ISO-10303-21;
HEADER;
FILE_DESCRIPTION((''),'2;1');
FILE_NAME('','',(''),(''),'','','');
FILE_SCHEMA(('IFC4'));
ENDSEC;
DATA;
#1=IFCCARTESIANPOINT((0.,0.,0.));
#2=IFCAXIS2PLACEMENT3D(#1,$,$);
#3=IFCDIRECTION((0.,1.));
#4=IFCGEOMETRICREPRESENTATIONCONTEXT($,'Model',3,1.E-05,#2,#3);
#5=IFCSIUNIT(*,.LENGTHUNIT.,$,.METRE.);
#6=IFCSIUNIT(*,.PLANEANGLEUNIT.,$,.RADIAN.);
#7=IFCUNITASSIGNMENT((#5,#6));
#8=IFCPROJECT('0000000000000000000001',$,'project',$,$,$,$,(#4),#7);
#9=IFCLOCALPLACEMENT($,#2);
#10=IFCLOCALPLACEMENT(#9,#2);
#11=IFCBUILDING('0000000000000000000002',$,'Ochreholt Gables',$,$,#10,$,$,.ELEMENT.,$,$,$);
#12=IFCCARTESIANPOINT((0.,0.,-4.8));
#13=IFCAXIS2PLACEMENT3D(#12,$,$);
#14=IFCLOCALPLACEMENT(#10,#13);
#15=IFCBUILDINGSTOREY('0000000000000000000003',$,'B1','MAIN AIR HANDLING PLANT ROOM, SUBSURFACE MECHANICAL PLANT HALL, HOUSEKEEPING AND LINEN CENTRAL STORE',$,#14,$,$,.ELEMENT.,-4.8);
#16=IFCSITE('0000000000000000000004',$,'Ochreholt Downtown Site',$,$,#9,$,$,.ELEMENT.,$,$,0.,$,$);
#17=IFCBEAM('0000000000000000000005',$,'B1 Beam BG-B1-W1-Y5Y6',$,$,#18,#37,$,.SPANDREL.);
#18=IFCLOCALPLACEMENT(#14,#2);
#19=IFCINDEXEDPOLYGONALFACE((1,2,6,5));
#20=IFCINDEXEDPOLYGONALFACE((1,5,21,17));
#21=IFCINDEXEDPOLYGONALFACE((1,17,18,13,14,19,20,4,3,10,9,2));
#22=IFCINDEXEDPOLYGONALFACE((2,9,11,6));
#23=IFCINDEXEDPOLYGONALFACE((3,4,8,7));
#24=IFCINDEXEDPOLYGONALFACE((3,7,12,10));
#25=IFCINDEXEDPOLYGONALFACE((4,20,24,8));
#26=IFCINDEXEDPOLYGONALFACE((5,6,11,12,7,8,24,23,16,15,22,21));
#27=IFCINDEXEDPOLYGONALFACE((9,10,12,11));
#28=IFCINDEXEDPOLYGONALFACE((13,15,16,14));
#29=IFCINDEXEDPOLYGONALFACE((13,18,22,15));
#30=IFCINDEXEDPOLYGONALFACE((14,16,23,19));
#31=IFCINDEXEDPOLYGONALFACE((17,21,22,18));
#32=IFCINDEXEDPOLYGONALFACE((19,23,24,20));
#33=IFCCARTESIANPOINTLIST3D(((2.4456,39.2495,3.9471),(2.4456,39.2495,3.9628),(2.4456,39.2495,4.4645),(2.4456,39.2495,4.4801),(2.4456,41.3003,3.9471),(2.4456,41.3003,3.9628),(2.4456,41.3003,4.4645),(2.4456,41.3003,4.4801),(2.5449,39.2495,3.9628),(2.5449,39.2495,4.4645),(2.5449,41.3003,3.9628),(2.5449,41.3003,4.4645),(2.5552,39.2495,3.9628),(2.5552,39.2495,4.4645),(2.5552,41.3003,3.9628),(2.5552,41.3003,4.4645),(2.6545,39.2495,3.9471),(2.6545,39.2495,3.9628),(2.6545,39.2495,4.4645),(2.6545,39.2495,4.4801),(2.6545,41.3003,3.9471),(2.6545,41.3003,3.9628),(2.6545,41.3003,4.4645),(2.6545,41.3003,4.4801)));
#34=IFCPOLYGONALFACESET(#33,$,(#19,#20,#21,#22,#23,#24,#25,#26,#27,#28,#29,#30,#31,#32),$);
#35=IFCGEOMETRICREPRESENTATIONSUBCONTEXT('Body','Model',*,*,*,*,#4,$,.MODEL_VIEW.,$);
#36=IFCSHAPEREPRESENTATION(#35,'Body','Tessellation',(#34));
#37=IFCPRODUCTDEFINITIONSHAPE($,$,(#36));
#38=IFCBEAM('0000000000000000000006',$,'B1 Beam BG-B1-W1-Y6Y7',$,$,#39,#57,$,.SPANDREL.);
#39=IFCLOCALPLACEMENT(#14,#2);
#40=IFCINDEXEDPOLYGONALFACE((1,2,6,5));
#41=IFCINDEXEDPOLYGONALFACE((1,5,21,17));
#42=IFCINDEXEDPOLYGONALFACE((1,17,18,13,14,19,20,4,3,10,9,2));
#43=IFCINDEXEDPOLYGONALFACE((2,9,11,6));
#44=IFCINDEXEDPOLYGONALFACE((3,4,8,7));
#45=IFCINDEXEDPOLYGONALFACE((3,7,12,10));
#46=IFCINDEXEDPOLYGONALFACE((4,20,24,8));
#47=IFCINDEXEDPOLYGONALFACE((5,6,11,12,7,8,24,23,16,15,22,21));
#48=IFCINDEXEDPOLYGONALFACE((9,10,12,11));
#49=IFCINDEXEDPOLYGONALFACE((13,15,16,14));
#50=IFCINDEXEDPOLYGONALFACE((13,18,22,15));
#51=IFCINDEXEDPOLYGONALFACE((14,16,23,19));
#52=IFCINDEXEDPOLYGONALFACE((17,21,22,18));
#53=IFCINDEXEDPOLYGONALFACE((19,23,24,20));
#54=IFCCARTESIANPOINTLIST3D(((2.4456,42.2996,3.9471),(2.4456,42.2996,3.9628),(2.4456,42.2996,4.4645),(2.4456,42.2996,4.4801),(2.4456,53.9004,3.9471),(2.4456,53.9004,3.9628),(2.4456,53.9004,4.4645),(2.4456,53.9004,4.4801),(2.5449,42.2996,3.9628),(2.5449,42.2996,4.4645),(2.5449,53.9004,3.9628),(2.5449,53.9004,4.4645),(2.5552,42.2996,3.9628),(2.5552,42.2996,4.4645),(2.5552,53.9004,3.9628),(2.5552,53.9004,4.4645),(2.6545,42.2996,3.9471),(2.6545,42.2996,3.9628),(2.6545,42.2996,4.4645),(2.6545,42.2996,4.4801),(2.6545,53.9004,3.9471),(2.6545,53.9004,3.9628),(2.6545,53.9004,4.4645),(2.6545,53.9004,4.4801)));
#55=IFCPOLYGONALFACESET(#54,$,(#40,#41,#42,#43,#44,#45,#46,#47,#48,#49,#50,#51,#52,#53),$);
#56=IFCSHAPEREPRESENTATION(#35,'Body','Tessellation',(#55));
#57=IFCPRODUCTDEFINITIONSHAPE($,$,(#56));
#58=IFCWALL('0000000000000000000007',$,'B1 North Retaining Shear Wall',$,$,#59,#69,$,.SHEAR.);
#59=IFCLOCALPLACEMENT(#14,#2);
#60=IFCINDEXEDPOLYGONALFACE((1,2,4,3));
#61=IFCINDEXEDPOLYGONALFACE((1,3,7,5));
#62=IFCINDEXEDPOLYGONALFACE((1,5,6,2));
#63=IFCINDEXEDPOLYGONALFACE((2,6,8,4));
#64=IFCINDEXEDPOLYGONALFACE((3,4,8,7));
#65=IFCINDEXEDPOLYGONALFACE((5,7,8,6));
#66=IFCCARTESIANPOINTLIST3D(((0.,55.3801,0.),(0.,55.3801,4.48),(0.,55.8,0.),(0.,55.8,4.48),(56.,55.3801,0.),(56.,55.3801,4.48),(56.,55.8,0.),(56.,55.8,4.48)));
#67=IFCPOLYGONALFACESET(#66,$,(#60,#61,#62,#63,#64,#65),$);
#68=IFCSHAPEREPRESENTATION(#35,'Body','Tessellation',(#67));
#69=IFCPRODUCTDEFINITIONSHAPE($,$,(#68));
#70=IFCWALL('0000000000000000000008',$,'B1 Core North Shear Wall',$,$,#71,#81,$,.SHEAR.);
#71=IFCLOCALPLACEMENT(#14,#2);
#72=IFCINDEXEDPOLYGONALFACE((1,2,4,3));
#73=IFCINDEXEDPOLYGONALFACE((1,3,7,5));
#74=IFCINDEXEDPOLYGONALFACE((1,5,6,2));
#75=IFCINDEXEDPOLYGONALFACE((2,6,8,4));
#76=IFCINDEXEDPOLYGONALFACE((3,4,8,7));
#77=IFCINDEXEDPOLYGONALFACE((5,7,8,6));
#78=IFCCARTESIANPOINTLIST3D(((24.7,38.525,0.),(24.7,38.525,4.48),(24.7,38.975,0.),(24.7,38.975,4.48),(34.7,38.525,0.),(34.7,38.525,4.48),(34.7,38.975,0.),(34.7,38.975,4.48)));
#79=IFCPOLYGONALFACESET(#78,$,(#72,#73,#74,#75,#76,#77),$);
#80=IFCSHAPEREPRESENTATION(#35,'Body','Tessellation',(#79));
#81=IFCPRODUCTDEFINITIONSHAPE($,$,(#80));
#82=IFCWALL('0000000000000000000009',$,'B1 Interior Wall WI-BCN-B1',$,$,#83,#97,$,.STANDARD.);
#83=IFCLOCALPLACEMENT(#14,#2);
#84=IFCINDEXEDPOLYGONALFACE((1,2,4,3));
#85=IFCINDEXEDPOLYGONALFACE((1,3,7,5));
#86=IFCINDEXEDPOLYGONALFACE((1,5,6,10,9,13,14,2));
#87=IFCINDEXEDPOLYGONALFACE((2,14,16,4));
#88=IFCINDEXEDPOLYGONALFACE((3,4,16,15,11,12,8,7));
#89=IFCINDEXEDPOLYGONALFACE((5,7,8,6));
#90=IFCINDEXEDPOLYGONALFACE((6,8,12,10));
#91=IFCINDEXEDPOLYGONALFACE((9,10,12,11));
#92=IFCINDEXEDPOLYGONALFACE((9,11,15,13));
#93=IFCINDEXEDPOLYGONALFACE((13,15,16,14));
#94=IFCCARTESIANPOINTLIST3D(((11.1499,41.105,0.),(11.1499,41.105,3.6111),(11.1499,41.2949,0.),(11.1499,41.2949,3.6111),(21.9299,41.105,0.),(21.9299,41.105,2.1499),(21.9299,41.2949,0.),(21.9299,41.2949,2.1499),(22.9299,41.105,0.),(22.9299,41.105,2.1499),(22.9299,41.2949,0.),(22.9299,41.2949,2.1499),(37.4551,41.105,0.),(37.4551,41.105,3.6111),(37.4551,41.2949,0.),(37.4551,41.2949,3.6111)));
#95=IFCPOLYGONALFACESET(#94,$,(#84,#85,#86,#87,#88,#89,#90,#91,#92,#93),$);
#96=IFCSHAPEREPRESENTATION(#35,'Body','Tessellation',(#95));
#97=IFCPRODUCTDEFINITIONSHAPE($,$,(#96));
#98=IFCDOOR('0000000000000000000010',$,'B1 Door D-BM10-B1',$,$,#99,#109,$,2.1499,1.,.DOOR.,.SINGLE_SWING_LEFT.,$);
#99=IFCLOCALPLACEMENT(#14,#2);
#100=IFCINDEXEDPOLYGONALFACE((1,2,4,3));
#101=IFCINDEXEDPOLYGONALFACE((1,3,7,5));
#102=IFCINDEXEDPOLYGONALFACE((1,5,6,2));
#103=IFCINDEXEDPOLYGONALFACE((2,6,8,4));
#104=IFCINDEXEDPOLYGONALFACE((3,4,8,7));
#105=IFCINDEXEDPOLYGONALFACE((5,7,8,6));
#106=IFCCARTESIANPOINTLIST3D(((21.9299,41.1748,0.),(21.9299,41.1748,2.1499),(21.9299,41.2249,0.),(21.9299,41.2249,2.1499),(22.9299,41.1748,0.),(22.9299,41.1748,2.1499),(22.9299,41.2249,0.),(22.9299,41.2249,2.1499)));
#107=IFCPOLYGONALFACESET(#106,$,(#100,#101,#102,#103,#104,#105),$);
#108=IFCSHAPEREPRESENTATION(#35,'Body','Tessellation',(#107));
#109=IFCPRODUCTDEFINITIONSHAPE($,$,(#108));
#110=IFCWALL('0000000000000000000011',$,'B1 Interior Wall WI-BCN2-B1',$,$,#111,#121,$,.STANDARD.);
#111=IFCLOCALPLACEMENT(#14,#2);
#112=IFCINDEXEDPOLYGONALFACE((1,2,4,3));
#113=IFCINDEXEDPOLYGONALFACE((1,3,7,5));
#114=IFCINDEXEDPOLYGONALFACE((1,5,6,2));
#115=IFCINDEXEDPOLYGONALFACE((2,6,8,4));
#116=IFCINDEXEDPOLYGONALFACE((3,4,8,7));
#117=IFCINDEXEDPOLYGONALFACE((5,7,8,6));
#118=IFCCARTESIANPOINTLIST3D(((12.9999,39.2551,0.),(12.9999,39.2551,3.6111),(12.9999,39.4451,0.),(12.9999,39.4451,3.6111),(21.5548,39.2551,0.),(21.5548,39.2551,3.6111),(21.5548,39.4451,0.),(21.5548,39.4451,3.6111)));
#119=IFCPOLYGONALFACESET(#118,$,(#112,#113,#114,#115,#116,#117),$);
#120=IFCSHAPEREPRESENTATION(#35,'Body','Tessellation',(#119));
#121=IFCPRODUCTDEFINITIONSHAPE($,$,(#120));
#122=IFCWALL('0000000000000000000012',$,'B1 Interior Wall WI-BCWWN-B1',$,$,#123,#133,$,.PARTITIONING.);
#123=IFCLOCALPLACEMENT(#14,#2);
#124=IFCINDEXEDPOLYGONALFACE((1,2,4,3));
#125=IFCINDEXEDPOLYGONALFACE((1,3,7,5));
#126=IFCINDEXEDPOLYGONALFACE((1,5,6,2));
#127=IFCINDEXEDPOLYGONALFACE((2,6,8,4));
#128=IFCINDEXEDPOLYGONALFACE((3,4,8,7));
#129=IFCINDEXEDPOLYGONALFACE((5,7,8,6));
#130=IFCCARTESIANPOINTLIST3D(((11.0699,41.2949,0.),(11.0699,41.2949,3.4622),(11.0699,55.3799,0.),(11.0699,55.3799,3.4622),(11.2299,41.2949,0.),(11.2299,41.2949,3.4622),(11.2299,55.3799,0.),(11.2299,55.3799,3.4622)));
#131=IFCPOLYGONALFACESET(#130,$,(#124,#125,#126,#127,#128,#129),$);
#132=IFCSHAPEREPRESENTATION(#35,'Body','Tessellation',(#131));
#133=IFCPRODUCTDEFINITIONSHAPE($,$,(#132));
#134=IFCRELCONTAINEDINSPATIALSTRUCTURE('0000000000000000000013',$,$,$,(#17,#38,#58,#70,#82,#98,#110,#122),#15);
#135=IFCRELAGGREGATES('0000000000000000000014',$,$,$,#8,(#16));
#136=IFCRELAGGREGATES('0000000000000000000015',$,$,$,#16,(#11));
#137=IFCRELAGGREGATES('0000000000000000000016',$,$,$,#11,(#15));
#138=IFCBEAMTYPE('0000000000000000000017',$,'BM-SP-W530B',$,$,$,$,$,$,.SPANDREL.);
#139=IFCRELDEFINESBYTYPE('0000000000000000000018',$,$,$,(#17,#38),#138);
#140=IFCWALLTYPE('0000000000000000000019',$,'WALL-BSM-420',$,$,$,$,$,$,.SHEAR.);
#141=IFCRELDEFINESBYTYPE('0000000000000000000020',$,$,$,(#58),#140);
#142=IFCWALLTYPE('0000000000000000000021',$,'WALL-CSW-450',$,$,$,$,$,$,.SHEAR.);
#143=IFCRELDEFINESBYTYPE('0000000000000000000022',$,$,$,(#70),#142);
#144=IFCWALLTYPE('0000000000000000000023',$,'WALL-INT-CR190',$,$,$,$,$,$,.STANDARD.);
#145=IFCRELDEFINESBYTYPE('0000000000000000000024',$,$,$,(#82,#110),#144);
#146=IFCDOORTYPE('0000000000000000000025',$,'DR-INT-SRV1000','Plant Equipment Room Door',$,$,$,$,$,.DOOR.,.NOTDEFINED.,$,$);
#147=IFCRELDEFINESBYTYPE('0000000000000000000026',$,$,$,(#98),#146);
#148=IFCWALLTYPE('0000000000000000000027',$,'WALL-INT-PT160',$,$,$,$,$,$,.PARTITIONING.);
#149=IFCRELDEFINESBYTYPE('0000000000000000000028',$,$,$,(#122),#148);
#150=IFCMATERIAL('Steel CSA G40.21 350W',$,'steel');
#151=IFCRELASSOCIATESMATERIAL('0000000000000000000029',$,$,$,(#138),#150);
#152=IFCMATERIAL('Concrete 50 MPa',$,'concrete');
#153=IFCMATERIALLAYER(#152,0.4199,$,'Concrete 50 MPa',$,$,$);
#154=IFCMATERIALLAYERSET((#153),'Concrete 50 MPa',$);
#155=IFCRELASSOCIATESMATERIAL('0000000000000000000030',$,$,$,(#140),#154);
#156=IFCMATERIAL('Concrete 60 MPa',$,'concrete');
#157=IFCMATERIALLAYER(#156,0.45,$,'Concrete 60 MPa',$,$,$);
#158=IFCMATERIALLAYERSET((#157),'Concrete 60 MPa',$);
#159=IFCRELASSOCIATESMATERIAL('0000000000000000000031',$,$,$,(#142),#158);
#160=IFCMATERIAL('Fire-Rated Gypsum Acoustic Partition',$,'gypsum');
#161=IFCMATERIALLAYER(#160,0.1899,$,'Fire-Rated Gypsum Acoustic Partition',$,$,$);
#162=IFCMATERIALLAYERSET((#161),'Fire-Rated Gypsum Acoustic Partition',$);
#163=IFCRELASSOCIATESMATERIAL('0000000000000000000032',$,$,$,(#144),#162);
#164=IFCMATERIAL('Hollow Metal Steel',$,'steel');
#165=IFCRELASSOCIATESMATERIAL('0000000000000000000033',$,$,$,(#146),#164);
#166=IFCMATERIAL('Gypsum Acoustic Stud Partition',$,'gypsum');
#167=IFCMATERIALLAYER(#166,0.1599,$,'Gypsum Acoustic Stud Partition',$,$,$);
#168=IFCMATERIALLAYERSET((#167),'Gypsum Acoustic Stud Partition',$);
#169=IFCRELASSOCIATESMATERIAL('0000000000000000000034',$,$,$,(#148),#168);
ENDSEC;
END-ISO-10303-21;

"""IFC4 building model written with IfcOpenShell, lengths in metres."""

from ifc_helpers import new_model, si_unit, direction, frame, frame_2d, origin, origin_2d, place, context, subcontext, project, spatial, rectangle, i_section, extrude, material, layer, layer_set, material_profile, profile_set, type_object, element, fill, save


model = new_model("IFC4")

# Units and contexts
model_context = context("Model", 3, precision=1e-05, world=origin(), true_north=direction((0.0, 1.0)))
body_context = subcontext(model_context, "Body", "Model", "MODEL_VIEW")
ifc_project = project(units=[si_unit("LENGTHUNIT", "METRE"), si_unit("PLANEANGLEUNIT", "RADIAN")], contexts=[model_context])

# Site, building, storey
site_placement = place(None, origin())
site = spatial("IfcSite", under=ifc_project, at=site_placement, Name="Ochreholt Downtown Site", CompositionType="ELEMENT", RefElevation=0.0)
building_placement = place(site_placement, origin())
building = spatial("IfcBuilding", under=site, at=building_placement, Name="Ochreholt Gables", CompositionType="ELEMENT")
storey_placement = place(building_placement, frame((0.0, 0.0, -4.8)))
storey = spatial("IfcBuildingStorey", under=building, at=storey_placement, Name="B1", Description="MAIN AIR HANDLING PLANT ROOM, SUBSURFACE MECHANICAL PLANT HALL, HOUSEKEEPING AND LINEN CENTRAL STORE", CompositionType="ELEMENT", Elevation=-4.8)

# Shared definitions
ifc_material_1 = material(Name="Concrete 60 MPa", Category="concrete")
ifc_material_2 = material(Name="Steel CSA G40.21 350W", Category="steel")

# Beams
ifc_material_profile_1 = material_profile(ifc_material_2, i_section(OverallWidth=0.209, OverallDepth=0.533, WebThickness=0.0103, FlangeThickness=0.0156, at=origin_2d()), Name="W530X92")
ifc_profile_set_1 = profile_set([ifc_material_profile_1], Name="Steel CSA G40.21 350W")
beam_type_1 = type_object("IfcBeamType", Name="BM-SP-W530B", PredefinedType="SPANDREL", material=ifc_profile_set_1)
beam_1_placement = place(storey_placement, frame((2.55, 39.2495, 4.2136), z_axis=(0.0, 1.0, 0.0), x_axis=(-1.0, 0.0, 0.0)))
element("IfcBeam", 1, at=beam_1_placement, inside=storey, type_object=beam_type_1, Name="B1 Beam BG-B1-W1-Y5Y6", PredefinedType="SPANDREL", context=body_context, shape_type="SweptSolid", body=[
    extrude(i_section(OverallWidth=0.209, OverallDepth=0.533, WebThickness=0.0103, FlangeThickness=0.0156, at=origin_2d()), origin(), (0.0, 0.0, 1.0), 2.0508),
])
beam_2_placement = place(storey_placement, frame((2.55, 42.2996, 4.2136), z_axis=(0.0, 1.0, 0.0), x_axis=(-1.0, 0.0, 0.0)))
element("IfcBeam", 2, at=beam_2_placement, inside=storey, type_object=beam_type_1, Name="B1 Beam BG-B1-W1-Y6Y7", PredefinedType="SPANDREL", context=body_context, shape_type="SweptSolid", body=[
    extrude(i_section(OverallWidth=0.209, OverallDepth=0.533, WebThickness=0.0103, FlangeThickness=0.0156, at=origin_2d()), origin(), (0.0, 0.0, 1.0), 11.6008),
])

# Walls
ifc_material_3 = material(Name="Concrete 50 MPa", Category="concrete")
ifc_layer_1 = layer(ifc_material_3, 0.4199, Name="Concrete 50 MPa")
ifc_layer_set_1 = layer_set([ifc_layer_1], Name="Concrete 50 MPa")
wall_type_1 = type_object("IfcWallType", Name="WALL-BSM-420", PredefinedType="SHEAR", material=ifc_layer_set_1)
wall_1_placement = place(storey_placement, frame((0.0, 55.5901, 0.0), z_axis=(0.0, 0.0, 1.0), x_axis=(1.0, 0.0, 0.0)))
element("IfcWall", 3, at=wall_1_placement, inside=storey, type_object=wall_type_1, Name="B1 North Retaining Shear Wall", PredefinedType="SHEAR", context=body_context, shape_type="SweptSolid", body=[
    extrude(rectangle(XDim=56.0, YDim=0.4199, at=frame_2d((28.0, 0.0))), origin(), (0.0, 0.0, 1.0), 4.48),
])
ifc_layer_2 = layer(ifc_material_1, 0.45, Name="Concrete 60 MPa")
ifc_layer_set_2 = layer_set([ifc_layer_2], Name="Concrete 60 MPa")
wall_type_2 = type_object("IfcWallType", Name="WALL-CSW-450", PredefinedType="SHEAR", material=ifc_layer_set_2)
wall_2_placement = place(storey_placement, frame((24.7, 38.75, 0.0), z_axis=(0.0, 0.0, 1.0), x_axis=(1.0, 0.0, 0.0)))
element("IfcWall", 4, at=wall_2_placement, inside=storey, type_object=wall_type_2, Name="B1 Core North Shear Wall", PredefinedType="SHEAR", context=body_context, shape_type="SweptSolid", body=[
    extrude(rectangle(XDim=10.0, YDim=0.45, at=frame_2d((5.0, 0.0))), origin(), (0.0, 0.0, 1.0), 4.48),
])

# Wall, opening, door
ifc_material_4 = material(Name="Fire-Rated Gypsum Acoustic Partition", Category="gypsum")
ifc_layer_3 = layer(ifc_material_4, 0.1899, Name="Fire-Rated Gypsum Acoustic Partition")
ifc_layer_set_3 = layer_set([ifc_layer_3], Name="Fire-Rated Gypsum Acoustic Partition")
wall_type_3 = type_object("IfcWallType", Name="WALL-INT-CR190", PredefinedType="STANDARD", material=ifc_layer_set_3)
wall_3_placement = place(storey_placement, frame((11.1499, 41.2, 0.0), z_axis=(0.0, 0.0, 1.0), x_axis=(1.0, 0.0, 0.0)))
wall_3 = element("IfcWall", 5, at=wall_3_placement, inside=storey, type_object=wall_type_3, Name="B1 Interior Wall WI-BCN-B1", PredefinedType="STANDARD", context=body_context, shape_type="SweptSolid", body=[
    extrude(rectangle(XDim=26.3052, YDim=0.1899, at=frame_2d((13.1526, 0.0))), origin(), (0.0, 0.0, 1.0), 3.6111),
])
opening_placement = place(wall_3_placement, frame((10.78, 0.0, 0.0)))
opening = element("IfcOpeningElement", 6, at=opening_placement, cuts=wall_3, PredefinedType="OPENING", context=body_context, shape_type="SweptSolid", body=[
    extrude(rectangle(XDim=1.0, YDim=2.1499, at=frame_2d((0.5, 1.075))), frame((0.0, 0.105, 0.0), z_axis=(0.0, -1.0, 0.0), x_axis=(1.0, 0.0, 0.0)), (0.0, 0.0, 1.0), 0.21),
])
ifc_material_5 = material(Name="Hollow Metal Steel", Category="steel")
door_type = type_object("IfcDoorType", Name="DR-INT-SRV1000", Description="Plant Equipment Room Door", OperationType="NOTDEFINED", PredefinedType="DOOR", material=ifc_material_5)
door_placement = place(opening_placement, origin())
door = element("IfcDoor", 7, at=door_placement, inside=storey, type_object=door_type, Name="B1 Door D-BM10-B1", OperationType="SINGLE_SWING_LEFT", OverallHeight=2.1499, OverallWidth=1.0, PredefinedType="DOOR", context=body_context, shape_type="SweptSolid", body=[
    extrude(rectangle(XDim=1.0, YDim=2.1499, at=frame_2d((0.5, 1.075))), frame((0.0, 0.0249, 0.0), z_axis=(0.0, -1.0, 0.0), x_axis=(1.0, 0.0, 0.0)), (0.0, 0.0, 1.0), 0.05),
])
fill(opening, door)

# Walls
wall_4_placement = place(storey_placement, frame((13.0, 39.3501, 0.0), z_axis=(0.0, 0.0, 1.0), x_axis=(1.0, 0.0, 0.0)))
element("IfcWall", 8, at=wall_4_placement, inside=storey, type_object=wall_type_3, Name="B1 Interior Wall WI-BCN2-B1", PredefinedType="STANDARD", context=body_context, shape_type="SweptSolid", body=[
    extrude(rectangle(XDim=8.5549, YDim=0.1899, at=frame_2d((4.2773, 0.0))), origin(), (0.0, 0.0, 1.0), 3.6111),
])
ifc_material_6 = material(Name="Gypsum Acoustic Stud Partition", Category="gypsum")
ifc_layer_4 = layer(ifc_material_6, 0.1599, Name="Gypsum Acoustic Stud Partition")
ifc_layer_set_4 = layer_set([ifc_layer_4], Name="Gypsum Acoustic Stud Partition")
wall_type_4 = type_object("IfcWallType", Name="WALL-INT-PT160", PredefinedType="PARTITIONING", material=ifc_layer_set_4)
wall_5_placement = place(storey_placement, frame((11.1499, 41.2949, 0.0), z_axis=(0.0, 0.0, 1.0), x_axis=(0.0, 1.0, 0.0)))
element("IfcWall", 9, at=wall_5_placement, inside=storey, type_object=wall_type_4, Name="B1 Interior Wall WI-BCWWN-B1", PredefinedType="PARTITIONING", context=body_context, shape_type="SweptSolid", body=[
    extrude(rectangle(XDim=14.085, YDim=0.1599, at=frame_2d((7.0425, 0.0))), origin(), (0.0, 0.0, 1.0), 3.4622),
])

save(model, "model.ifc")
